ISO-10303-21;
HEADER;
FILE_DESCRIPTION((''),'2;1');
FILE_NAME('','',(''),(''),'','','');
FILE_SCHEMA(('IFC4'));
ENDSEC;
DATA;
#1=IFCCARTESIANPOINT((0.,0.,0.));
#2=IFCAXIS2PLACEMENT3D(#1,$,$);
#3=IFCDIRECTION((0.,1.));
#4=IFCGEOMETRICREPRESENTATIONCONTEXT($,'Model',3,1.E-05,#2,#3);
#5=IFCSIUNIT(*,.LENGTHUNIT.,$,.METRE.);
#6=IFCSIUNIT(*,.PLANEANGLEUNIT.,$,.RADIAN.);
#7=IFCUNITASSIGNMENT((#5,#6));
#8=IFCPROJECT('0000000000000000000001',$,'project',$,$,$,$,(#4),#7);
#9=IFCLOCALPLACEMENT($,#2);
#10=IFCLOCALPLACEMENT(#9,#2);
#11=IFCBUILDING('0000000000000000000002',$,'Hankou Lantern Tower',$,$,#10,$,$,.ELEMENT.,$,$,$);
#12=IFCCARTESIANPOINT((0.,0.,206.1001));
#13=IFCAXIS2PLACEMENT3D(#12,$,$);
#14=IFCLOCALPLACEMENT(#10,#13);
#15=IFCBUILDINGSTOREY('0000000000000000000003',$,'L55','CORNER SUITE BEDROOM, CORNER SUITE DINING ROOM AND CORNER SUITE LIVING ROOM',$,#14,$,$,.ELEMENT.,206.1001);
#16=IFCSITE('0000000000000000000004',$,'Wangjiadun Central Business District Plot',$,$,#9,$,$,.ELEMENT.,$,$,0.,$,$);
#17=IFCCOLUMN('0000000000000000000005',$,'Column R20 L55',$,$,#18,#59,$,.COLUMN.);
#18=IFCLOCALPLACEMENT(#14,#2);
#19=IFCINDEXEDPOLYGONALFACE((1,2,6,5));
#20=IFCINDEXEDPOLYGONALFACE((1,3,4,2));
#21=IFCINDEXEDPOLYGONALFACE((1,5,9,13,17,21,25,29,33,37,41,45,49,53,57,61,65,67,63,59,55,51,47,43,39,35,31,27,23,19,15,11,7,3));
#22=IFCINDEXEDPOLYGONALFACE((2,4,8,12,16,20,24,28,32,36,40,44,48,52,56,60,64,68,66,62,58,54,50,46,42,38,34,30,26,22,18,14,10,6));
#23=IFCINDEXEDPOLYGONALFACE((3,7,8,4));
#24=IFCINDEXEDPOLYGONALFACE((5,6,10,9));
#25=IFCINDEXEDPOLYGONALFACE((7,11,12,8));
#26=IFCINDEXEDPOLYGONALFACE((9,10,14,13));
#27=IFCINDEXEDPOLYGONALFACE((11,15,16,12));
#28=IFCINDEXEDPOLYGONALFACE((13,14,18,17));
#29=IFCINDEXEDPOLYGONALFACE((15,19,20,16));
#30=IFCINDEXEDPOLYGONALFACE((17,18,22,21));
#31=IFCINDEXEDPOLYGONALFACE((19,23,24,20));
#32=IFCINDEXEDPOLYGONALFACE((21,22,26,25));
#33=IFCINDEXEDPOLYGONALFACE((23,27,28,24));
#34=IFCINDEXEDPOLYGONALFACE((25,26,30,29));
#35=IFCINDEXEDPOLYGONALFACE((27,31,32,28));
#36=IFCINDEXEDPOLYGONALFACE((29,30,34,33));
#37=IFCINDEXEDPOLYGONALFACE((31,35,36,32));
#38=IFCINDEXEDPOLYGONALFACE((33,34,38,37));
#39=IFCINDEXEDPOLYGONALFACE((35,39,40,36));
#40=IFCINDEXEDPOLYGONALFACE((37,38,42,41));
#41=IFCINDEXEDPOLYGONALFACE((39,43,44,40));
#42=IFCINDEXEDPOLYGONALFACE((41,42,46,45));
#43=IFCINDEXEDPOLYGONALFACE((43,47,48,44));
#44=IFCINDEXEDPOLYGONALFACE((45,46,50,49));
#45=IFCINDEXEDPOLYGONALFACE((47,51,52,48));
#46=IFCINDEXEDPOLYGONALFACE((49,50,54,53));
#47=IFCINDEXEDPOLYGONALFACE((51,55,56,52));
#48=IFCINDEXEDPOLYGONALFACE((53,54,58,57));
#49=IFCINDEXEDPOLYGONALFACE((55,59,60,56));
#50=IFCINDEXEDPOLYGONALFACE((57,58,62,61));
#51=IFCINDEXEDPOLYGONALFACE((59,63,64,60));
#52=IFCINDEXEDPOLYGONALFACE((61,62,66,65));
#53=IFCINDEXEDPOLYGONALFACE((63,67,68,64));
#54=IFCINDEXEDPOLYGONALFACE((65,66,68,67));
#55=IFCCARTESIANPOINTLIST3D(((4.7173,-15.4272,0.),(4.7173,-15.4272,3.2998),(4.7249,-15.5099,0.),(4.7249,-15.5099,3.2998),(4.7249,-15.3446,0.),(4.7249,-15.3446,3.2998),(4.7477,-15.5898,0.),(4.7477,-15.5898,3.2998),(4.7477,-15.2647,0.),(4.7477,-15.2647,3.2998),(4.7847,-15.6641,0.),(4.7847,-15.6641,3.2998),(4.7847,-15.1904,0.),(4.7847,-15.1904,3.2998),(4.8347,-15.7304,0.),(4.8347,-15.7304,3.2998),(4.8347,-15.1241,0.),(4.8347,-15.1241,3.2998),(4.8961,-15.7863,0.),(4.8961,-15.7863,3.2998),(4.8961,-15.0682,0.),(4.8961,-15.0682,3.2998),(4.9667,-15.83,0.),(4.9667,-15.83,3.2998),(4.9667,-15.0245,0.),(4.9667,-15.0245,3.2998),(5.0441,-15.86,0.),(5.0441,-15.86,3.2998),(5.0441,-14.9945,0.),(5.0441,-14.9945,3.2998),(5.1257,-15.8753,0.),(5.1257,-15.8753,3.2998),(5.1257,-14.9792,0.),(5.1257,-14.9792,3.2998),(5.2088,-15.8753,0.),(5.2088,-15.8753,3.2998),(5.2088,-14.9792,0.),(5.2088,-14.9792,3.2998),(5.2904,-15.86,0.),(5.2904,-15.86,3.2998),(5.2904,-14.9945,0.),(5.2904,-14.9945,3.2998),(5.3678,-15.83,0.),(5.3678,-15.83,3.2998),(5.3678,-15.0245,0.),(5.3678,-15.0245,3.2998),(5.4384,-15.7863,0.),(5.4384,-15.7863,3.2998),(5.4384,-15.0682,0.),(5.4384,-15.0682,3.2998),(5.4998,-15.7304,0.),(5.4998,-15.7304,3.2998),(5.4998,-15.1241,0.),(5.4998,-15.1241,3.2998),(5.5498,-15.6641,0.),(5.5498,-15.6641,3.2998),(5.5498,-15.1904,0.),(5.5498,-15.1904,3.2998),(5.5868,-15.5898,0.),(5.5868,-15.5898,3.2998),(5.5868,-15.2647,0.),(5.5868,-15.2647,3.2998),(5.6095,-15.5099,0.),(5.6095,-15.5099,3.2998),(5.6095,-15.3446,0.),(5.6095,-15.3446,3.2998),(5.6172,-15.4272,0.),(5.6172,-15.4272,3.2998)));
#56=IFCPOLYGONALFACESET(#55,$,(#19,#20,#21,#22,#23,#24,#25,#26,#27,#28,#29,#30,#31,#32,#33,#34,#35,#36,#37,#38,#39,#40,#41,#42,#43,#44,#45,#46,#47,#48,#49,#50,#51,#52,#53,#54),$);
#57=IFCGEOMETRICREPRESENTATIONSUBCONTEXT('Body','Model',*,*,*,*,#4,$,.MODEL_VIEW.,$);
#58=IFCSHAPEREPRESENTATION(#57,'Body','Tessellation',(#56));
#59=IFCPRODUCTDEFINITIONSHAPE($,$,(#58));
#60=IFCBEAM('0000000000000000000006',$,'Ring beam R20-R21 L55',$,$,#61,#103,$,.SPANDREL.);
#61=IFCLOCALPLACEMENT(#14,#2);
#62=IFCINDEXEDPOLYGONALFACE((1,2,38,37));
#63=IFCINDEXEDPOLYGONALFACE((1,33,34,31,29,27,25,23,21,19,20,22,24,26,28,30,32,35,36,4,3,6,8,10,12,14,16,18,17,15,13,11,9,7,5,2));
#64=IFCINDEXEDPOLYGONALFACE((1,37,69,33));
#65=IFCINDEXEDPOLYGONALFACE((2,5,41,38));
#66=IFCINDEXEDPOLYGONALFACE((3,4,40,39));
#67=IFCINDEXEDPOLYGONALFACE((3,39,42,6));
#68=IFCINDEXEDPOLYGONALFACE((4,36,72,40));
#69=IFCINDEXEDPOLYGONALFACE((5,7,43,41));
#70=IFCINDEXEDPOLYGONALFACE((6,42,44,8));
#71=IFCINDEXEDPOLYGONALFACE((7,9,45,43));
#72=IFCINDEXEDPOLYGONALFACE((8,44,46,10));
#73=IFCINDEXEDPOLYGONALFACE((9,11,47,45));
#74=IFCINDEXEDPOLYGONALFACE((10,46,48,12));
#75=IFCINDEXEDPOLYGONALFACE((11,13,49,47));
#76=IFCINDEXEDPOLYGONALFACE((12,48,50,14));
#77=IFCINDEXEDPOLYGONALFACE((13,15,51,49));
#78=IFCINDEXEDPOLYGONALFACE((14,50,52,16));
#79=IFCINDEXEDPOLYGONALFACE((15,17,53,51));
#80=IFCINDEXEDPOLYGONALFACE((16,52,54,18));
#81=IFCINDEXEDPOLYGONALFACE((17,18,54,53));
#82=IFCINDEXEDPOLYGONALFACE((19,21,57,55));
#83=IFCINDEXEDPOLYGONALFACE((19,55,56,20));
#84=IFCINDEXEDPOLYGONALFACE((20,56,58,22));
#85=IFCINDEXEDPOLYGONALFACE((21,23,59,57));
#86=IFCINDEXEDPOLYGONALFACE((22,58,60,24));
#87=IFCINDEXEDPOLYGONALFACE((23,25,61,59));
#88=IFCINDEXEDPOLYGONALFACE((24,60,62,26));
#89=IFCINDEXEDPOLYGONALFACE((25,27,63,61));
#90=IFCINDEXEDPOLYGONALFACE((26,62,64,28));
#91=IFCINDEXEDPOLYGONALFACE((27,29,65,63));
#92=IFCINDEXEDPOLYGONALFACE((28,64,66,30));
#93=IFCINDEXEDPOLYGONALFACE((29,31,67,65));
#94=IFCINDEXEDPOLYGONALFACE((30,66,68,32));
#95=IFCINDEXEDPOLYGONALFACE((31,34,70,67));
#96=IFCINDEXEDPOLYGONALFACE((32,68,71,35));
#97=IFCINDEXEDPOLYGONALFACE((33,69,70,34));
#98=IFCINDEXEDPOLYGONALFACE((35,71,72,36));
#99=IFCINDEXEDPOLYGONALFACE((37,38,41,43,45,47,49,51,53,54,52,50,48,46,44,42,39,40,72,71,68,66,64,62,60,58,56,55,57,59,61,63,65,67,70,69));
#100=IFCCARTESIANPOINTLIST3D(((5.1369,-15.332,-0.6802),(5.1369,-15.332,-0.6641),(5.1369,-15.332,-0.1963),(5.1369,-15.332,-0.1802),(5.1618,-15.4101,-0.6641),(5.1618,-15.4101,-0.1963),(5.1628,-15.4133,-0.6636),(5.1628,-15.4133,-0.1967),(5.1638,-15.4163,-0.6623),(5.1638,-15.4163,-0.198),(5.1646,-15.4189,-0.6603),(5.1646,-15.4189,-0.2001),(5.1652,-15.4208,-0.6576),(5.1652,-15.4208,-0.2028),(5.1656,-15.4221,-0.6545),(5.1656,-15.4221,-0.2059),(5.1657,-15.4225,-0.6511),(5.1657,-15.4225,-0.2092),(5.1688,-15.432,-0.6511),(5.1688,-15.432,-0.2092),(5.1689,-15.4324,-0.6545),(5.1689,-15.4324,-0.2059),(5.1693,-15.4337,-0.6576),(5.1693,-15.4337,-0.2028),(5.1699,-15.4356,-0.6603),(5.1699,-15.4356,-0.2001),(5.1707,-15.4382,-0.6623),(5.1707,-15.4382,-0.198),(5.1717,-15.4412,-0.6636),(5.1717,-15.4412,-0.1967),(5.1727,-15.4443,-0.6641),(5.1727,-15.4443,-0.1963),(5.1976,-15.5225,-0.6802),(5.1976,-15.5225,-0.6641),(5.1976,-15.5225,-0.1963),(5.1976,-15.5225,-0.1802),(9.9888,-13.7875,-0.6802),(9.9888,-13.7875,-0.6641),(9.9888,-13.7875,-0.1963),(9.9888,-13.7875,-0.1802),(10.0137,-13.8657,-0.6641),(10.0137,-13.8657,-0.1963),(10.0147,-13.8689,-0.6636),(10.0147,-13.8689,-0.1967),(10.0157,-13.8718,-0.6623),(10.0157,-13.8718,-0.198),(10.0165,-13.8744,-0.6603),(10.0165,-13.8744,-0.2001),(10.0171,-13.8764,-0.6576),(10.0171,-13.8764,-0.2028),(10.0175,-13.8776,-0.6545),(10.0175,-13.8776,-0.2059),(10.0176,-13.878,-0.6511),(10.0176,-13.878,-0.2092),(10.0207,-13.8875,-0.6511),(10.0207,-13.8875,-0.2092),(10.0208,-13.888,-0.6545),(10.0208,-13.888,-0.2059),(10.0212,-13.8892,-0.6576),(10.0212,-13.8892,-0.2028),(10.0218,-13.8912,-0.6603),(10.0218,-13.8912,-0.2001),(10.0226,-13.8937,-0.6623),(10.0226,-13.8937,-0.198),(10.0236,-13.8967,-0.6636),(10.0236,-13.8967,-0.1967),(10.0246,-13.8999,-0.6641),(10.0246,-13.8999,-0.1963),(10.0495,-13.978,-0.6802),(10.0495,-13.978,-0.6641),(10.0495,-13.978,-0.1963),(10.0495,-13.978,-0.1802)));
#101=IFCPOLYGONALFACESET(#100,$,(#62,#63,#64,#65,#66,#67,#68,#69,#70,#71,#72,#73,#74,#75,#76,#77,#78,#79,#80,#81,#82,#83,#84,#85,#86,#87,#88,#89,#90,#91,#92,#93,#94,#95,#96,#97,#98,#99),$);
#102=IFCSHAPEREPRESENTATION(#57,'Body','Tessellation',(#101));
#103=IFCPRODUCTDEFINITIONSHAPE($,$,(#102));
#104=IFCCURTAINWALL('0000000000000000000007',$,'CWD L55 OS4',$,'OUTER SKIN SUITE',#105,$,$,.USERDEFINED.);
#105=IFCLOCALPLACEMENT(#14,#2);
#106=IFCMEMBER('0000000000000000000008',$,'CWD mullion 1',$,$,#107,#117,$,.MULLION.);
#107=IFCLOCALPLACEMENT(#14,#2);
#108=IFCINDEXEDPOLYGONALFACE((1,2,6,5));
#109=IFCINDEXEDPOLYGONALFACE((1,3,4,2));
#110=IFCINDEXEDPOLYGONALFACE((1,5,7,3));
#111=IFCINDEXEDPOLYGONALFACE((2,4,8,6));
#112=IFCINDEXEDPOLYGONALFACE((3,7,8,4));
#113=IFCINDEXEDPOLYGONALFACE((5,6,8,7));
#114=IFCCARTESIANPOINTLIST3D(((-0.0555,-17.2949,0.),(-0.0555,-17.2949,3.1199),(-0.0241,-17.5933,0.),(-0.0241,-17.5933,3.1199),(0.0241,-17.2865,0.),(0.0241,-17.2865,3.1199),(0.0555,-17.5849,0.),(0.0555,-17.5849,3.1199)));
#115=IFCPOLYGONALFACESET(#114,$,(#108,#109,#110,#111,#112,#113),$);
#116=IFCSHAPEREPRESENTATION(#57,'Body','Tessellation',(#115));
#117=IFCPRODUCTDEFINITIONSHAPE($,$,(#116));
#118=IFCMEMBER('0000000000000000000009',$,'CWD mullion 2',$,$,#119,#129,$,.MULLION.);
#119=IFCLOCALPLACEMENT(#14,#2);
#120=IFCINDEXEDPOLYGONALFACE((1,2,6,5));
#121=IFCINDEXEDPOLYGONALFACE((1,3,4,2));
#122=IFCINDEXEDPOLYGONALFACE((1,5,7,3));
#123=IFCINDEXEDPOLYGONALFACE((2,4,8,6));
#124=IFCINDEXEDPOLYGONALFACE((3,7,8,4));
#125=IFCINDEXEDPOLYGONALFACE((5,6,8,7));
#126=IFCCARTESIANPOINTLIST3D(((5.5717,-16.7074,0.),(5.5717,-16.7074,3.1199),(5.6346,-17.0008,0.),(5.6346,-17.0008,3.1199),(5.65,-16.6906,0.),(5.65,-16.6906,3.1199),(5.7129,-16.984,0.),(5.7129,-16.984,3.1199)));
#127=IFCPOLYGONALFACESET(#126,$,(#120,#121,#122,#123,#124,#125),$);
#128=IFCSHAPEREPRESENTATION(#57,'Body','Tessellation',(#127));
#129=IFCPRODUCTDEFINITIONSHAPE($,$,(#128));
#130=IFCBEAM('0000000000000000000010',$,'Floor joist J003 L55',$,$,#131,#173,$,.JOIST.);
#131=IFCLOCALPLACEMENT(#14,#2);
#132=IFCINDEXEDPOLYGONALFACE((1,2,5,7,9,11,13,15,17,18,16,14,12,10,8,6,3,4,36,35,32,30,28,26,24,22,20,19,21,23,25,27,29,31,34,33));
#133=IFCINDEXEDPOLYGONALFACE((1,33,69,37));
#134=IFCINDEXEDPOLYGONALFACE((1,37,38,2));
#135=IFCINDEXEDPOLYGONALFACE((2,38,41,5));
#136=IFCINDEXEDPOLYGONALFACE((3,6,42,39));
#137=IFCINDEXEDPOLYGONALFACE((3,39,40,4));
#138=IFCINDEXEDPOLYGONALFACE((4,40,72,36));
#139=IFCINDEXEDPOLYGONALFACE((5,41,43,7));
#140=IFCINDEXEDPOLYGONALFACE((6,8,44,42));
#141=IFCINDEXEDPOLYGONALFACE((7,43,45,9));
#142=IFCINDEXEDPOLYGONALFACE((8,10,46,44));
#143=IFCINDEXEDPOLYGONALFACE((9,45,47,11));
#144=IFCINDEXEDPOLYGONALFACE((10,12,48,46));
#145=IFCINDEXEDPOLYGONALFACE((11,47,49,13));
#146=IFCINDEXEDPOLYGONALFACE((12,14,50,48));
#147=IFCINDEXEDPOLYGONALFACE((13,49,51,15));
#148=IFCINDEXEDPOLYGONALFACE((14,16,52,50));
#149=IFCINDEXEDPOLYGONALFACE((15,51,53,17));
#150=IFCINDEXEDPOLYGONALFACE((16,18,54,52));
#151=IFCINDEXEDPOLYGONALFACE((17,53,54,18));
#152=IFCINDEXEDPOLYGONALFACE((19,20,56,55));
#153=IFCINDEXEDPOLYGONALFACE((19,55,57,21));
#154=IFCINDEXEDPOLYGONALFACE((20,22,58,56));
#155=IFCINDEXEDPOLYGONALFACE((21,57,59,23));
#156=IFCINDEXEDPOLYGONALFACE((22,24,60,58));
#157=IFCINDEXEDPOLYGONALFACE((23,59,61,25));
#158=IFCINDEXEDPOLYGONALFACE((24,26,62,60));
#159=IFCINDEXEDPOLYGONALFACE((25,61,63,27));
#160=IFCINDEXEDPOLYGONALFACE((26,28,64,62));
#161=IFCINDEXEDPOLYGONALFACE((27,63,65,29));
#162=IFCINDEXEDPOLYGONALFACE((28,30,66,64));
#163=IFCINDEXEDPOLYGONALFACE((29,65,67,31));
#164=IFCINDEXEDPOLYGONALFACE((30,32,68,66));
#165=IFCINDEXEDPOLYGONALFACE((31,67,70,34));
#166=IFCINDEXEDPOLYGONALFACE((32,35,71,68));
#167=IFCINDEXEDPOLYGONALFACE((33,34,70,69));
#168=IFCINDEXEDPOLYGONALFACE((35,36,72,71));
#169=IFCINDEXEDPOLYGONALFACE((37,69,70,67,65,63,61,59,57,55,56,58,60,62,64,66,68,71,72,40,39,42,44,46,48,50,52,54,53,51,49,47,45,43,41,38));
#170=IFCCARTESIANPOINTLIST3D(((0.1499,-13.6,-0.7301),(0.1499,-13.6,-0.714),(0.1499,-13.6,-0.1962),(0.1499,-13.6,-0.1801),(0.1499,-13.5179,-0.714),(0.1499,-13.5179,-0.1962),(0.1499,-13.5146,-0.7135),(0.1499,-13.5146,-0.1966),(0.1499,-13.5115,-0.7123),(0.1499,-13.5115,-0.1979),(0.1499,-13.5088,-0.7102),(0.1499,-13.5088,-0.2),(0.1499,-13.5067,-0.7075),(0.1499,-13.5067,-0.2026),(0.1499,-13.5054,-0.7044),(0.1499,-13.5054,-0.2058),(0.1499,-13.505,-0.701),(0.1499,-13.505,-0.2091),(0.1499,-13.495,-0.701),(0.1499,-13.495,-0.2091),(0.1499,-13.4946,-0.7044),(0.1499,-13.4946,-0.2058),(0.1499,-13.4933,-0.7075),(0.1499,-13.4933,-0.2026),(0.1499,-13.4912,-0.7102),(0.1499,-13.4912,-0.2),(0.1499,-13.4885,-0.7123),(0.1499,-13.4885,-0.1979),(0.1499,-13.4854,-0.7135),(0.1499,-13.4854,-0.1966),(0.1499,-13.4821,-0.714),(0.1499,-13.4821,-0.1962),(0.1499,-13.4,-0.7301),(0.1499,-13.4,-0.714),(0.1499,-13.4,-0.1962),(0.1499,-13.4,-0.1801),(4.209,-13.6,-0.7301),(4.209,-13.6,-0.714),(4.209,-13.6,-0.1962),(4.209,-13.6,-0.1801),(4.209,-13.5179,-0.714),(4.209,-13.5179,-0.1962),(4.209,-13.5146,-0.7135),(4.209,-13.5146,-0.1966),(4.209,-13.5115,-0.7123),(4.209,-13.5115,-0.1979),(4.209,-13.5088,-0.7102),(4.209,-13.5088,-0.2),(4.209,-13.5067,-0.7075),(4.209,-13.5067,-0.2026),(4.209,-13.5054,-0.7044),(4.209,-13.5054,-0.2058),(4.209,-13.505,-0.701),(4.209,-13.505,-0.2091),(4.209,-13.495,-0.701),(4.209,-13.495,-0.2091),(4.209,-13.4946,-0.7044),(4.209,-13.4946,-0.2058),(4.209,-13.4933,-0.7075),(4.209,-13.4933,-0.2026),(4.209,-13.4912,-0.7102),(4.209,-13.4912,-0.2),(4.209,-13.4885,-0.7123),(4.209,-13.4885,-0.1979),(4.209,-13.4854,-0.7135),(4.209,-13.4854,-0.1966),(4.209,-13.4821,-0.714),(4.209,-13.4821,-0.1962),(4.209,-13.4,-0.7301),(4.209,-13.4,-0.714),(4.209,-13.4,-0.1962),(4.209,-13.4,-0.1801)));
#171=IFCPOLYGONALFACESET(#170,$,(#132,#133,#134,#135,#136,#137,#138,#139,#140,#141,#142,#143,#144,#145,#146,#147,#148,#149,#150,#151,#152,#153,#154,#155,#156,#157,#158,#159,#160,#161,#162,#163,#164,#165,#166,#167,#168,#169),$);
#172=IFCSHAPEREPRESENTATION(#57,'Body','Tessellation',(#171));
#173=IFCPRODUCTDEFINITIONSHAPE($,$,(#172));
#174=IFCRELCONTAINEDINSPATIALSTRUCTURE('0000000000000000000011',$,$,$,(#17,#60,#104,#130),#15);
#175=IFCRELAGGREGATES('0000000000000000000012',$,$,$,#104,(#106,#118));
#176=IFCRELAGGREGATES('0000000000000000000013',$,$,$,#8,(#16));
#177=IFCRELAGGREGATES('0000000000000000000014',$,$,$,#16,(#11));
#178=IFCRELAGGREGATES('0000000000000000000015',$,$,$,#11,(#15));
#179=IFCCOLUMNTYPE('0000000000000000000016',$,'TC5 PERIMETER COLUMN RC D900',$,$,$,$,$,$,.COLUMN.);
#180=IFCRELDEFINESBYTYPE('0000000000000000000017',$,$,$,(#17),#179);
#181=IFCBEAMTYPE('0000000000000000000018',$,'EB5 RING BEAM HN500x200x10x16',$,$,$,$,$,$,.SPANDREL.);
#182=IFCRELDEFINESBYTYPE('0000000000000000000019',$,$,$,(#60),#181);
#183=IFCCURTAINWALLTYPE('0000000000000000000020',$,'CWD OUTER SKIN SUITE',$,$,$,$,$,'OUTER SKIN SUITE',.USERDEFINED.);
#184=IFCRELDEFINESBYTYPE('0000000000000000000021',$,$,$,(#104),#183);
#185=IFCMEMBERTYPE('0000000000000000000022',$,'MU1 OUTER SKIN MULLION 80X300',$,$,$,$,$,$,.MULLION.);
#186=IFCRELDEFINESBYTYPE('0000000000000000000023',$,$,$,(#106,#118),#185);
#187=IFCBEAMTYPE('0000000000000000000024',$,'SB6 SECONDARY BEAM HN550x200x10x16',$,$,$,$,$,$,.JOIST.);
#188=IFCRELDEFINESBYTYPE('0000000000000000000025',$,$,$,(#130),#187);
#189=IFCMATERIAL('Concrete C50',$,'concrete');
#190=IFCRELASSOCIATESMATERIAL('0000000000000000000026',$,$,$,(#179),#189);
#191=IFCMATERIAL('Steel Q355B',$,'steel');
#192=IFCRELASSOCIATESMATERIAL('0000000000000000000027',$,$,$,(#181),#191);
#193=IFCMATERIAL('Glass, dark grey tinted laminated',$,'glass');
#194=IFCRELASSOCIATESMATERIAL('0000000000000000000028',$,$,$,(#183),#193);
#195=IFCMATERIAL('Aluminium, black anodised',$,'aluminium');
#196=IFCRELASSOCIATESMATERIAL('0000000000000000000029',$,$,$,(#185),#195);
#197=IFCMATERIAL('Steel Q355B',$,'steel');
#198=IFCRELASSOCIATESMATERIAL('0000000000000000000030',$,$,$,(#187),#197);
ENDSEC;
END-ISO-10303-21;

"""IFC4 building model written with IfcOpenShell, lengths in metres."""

from ifc_helpers import new_model, si_unit, direction, frame, origin, origin_2d, place, context, subcontext, project, spatial, rectangle, circle, i_section, extrude, material, material_profile, profile_set, type_object, element, aggregate, save


model = new_model("IFC4")

# Units and contexts
model_context = context("Model", 3, precision=1e-05, world=origin(), true_north=direction((0.0, 1.0)))
body_context = subcontext(model_context, "Body", "Model", "MODEL_VIEW")
ifc_project = project(units=[si_unit("LENGTHUNIT", "METRE"), si_unit("PLANEANGLEUNIT", "RADIAN")], contexts=[model_context])

# Site, building, storey
site_placement = place(None, origin())
site = spatial("IfcSite", under=ifc_project, at=site_placement, Name="Wangjiadun Central Business District Plot", CompositionType="ELEMENT", RefElevation=0.0)
building_placement = place(site_placement, origin())
building = spatial("IfcBuilding", under=site, at=building_placement, Name="Hankou Lantern Tower", CompositionType="ELEMENT")
storey_placement = place(building_placement, frame((0.0, 0.0, 206.1001)))
storey = spatial("IfcBuildingStorey", under=building, at=storey_placement, Name="L55", Description="CORNER SUITE BEDROOM, CORNER SUITE DINING ROOM AND CORNER SUITE LIVING ROOM", CompositionType="ELEMENT", Elevation=206.1001)

# Column
ifc_material_1 = material(Name="Concrete C50", Category="concrete")
ifc_material_profile_1 = material_profile(ifc_material_1, circle(Radius=0.45, at=origin_2d()), Name="RC D900")
ifc_profile_set_1 = profile_set([ifc_material_profile_1], Name="Concrete C50")
column_type = type_object("IfcColumnType", Name="TC5 PERIMETER COLUMN RC D900", PredefinedType="COLUMN", material=ifc_profile_set_1)
column_placement = place(storey_placement, frame((5.1672, -15.4272, 0.0), z_axis=(0.0, 0.0, 1.0), x_axis=(1.0, 0.0, 0.0)))
element("IfcColumn", 1, at=column_placement, inside=storey, type_object=column_type, Name="Column R20 L55", PredefinedType="COLUMN", context=body_context, shape_type="SweptSolid", body=[
    extrude(circle(Radius=0.45, at=origin_2d()), origin(), (0.0, 0.0, 1.0), 3.2998),
])

# Beam
ifc_material_2 = material(Name="Steel Q355B", Category="steel")
ifc_material_profile_2 = material_profile(ifc_material_2, i_section(OverallWidth=0.2, OverallDepth=0.5, WebThickness=0.01, FlangeThickness=0.0161, FilletRadius=0.0129, at=origin_2d()), Name="HN500x200x10x16")
ifc_profile_set_2 = profile_set([ifc_material_profile_2], Name="Steel Q355B")
beam_type_1 = type_object("IfcBeamType", Name="EB5 RING BEAM HN500x200x10x16", PredefinedType="SPANDREL", material=ifc_profile_set_2)
beam_1_placement = place(storey_placement, frame((5.1672, -15.4272, -0.4302), z_axis=(0.952887, 0.303324, 0.0), x_axis=(-0.303324, 0.952887, 0.0)))
element("IfcBeam", 2, at=beam_1_placement, inside=storey, type_object=beam_type_1, Name="Ring beam R20-R21 L55", PredefinedType="SPANDREL", context=body_context, shape_type="SweptSolid", body=[
    extrude(i_section(OverallWidth=0.2, OverallDepth=0.5, WebThickness=0.01, FlangeThickness=0.0161, FilletRadius=0.0129, at=origin_2d()), origin(), (0.0, 0.0, 1.0), 5.0918),
])

# Curtain wall, members
ifc_material_3 = material(Name="Glass, dark grey tinted laminated", Category="glass")
curtain_wall_type = type_object("IfcCurtainWallType", Name="CWD OUTER SKIN SUITE", ElementType="OUTER SKIN SUITE", PredefinedType="USERDEFINED", material=ifc_material_3)
curtain_wall_placement = place(storey_placement, origin())
curtain_wall = element("IfcCurtainWall", 3, at=curtain_wall_placement, inside=storey, type_object=curtain_wall_type, Name="CWD L55 OS4", ObjectType="OUTER SKIN SUITE", PredefinedType="USERDEFINED")
ifc_material_4 = material(Name="Aluminium, black anodised", Category="aluminium")
ifc_material_profile_3 = material_profile(ifc_material_4, rectangle(XDim=0.0801, YDim=0.3, at=origin_2d()), Name="MU1 80X300")
ifc_profile_set_3 = profile_set([ifc_material_profile_3], Name="Aluminium, black anodised")
member_type_1 = type_object("IfcMemberType", Name="MU1 OUTER SKIN MULLION 80X300", PredefinedType="MULLION", material=ifc_profile_set_3)
member_1_placement = place(storey_placement, frame((0.0, -17.4399, 0.0), z_axis=(0.0, 0.0, 1.0), x_axis=(0.994499, 0.104743, 0.0)))
member_1 = element("IfcMember", 4, at=member_1_placement, type_object=member_type_1, Name="CWD mullion 1", PredefinedType="MULLION", context=body_context, shape_type="SweptSolid", body=[
    extrude(rectangle(XDim=0.0801, YDim=0.3, at=origin_2d()), origin(), (0.0, 0.0, 1.0), 3.1199),
])
member_2_placement = place(storey_placement, frame((5.6423, -16.8457, 0.0), z_axis=(0.0, 0.0, 1.0), x_axis=(0.977788, 0.209598, 0.0)))
member_2 = element("IfcMember", 5, at=member_2_placement, type_object=member_type_1, Name="CWD mullion 2", PredefinedType="MULLION", context=body_context, shape_type="SweptSolid", body=[
    extrude(rectangle(XDim=0.0801, YDim=0.3, at=origin_2d()), origin(), (0.0, 0.0, 1.0), 3.1199),
])

# Beam
ifc_material_5 = material(Name="Steel Q355B", Category="steel")
ifc_material_profile_4 = material_profile(ifc_material_5, i_section(OverallWidth=0.2, OverallDepth=0.55, WebThickness=0.01, FlangeThickness=0.0161, FilletRadius=0.0129, at=origin_2d()), Name="HN550x200x10x16")
ifc_profile_set_4 = profile_set([ifc_material_profile_4], Name="Steel Q355B")
beam_type_2 = type_object("IfcBeamType", Name="SB6 SECONDARY BEAM HN550x200x10x16", PredefinedType="JOIST", material=ifc_profile_set_4)
beam_2_placement = place(storey_placement, frame((0.1499, -13.5, -0.4551), z_axis=(1.0, 0.0, 0.0), x_axis=(0.0, 1.0, 0.0)))
element("IfcBeam", 6, at=beam_2_placement, inside=storey, type_object=beam_type_2, Name="Floor joist J003 L55", PredefinedType="JOIST", context=body_context, shape_type="SweptSolid", body=[
    extrude(i_section(OverallWidth=0.2, OverallDepth=0.55, WebThickness=0.01, FlangeThickness=0.0161, FilletRadius=0.0129, at=origin_2d()), origin(), (0.0, 0.0, 1.0), 4.0591),
])

aggregate(curtain_wall, [member_1, member_2])

save(model, "model.ifc")
